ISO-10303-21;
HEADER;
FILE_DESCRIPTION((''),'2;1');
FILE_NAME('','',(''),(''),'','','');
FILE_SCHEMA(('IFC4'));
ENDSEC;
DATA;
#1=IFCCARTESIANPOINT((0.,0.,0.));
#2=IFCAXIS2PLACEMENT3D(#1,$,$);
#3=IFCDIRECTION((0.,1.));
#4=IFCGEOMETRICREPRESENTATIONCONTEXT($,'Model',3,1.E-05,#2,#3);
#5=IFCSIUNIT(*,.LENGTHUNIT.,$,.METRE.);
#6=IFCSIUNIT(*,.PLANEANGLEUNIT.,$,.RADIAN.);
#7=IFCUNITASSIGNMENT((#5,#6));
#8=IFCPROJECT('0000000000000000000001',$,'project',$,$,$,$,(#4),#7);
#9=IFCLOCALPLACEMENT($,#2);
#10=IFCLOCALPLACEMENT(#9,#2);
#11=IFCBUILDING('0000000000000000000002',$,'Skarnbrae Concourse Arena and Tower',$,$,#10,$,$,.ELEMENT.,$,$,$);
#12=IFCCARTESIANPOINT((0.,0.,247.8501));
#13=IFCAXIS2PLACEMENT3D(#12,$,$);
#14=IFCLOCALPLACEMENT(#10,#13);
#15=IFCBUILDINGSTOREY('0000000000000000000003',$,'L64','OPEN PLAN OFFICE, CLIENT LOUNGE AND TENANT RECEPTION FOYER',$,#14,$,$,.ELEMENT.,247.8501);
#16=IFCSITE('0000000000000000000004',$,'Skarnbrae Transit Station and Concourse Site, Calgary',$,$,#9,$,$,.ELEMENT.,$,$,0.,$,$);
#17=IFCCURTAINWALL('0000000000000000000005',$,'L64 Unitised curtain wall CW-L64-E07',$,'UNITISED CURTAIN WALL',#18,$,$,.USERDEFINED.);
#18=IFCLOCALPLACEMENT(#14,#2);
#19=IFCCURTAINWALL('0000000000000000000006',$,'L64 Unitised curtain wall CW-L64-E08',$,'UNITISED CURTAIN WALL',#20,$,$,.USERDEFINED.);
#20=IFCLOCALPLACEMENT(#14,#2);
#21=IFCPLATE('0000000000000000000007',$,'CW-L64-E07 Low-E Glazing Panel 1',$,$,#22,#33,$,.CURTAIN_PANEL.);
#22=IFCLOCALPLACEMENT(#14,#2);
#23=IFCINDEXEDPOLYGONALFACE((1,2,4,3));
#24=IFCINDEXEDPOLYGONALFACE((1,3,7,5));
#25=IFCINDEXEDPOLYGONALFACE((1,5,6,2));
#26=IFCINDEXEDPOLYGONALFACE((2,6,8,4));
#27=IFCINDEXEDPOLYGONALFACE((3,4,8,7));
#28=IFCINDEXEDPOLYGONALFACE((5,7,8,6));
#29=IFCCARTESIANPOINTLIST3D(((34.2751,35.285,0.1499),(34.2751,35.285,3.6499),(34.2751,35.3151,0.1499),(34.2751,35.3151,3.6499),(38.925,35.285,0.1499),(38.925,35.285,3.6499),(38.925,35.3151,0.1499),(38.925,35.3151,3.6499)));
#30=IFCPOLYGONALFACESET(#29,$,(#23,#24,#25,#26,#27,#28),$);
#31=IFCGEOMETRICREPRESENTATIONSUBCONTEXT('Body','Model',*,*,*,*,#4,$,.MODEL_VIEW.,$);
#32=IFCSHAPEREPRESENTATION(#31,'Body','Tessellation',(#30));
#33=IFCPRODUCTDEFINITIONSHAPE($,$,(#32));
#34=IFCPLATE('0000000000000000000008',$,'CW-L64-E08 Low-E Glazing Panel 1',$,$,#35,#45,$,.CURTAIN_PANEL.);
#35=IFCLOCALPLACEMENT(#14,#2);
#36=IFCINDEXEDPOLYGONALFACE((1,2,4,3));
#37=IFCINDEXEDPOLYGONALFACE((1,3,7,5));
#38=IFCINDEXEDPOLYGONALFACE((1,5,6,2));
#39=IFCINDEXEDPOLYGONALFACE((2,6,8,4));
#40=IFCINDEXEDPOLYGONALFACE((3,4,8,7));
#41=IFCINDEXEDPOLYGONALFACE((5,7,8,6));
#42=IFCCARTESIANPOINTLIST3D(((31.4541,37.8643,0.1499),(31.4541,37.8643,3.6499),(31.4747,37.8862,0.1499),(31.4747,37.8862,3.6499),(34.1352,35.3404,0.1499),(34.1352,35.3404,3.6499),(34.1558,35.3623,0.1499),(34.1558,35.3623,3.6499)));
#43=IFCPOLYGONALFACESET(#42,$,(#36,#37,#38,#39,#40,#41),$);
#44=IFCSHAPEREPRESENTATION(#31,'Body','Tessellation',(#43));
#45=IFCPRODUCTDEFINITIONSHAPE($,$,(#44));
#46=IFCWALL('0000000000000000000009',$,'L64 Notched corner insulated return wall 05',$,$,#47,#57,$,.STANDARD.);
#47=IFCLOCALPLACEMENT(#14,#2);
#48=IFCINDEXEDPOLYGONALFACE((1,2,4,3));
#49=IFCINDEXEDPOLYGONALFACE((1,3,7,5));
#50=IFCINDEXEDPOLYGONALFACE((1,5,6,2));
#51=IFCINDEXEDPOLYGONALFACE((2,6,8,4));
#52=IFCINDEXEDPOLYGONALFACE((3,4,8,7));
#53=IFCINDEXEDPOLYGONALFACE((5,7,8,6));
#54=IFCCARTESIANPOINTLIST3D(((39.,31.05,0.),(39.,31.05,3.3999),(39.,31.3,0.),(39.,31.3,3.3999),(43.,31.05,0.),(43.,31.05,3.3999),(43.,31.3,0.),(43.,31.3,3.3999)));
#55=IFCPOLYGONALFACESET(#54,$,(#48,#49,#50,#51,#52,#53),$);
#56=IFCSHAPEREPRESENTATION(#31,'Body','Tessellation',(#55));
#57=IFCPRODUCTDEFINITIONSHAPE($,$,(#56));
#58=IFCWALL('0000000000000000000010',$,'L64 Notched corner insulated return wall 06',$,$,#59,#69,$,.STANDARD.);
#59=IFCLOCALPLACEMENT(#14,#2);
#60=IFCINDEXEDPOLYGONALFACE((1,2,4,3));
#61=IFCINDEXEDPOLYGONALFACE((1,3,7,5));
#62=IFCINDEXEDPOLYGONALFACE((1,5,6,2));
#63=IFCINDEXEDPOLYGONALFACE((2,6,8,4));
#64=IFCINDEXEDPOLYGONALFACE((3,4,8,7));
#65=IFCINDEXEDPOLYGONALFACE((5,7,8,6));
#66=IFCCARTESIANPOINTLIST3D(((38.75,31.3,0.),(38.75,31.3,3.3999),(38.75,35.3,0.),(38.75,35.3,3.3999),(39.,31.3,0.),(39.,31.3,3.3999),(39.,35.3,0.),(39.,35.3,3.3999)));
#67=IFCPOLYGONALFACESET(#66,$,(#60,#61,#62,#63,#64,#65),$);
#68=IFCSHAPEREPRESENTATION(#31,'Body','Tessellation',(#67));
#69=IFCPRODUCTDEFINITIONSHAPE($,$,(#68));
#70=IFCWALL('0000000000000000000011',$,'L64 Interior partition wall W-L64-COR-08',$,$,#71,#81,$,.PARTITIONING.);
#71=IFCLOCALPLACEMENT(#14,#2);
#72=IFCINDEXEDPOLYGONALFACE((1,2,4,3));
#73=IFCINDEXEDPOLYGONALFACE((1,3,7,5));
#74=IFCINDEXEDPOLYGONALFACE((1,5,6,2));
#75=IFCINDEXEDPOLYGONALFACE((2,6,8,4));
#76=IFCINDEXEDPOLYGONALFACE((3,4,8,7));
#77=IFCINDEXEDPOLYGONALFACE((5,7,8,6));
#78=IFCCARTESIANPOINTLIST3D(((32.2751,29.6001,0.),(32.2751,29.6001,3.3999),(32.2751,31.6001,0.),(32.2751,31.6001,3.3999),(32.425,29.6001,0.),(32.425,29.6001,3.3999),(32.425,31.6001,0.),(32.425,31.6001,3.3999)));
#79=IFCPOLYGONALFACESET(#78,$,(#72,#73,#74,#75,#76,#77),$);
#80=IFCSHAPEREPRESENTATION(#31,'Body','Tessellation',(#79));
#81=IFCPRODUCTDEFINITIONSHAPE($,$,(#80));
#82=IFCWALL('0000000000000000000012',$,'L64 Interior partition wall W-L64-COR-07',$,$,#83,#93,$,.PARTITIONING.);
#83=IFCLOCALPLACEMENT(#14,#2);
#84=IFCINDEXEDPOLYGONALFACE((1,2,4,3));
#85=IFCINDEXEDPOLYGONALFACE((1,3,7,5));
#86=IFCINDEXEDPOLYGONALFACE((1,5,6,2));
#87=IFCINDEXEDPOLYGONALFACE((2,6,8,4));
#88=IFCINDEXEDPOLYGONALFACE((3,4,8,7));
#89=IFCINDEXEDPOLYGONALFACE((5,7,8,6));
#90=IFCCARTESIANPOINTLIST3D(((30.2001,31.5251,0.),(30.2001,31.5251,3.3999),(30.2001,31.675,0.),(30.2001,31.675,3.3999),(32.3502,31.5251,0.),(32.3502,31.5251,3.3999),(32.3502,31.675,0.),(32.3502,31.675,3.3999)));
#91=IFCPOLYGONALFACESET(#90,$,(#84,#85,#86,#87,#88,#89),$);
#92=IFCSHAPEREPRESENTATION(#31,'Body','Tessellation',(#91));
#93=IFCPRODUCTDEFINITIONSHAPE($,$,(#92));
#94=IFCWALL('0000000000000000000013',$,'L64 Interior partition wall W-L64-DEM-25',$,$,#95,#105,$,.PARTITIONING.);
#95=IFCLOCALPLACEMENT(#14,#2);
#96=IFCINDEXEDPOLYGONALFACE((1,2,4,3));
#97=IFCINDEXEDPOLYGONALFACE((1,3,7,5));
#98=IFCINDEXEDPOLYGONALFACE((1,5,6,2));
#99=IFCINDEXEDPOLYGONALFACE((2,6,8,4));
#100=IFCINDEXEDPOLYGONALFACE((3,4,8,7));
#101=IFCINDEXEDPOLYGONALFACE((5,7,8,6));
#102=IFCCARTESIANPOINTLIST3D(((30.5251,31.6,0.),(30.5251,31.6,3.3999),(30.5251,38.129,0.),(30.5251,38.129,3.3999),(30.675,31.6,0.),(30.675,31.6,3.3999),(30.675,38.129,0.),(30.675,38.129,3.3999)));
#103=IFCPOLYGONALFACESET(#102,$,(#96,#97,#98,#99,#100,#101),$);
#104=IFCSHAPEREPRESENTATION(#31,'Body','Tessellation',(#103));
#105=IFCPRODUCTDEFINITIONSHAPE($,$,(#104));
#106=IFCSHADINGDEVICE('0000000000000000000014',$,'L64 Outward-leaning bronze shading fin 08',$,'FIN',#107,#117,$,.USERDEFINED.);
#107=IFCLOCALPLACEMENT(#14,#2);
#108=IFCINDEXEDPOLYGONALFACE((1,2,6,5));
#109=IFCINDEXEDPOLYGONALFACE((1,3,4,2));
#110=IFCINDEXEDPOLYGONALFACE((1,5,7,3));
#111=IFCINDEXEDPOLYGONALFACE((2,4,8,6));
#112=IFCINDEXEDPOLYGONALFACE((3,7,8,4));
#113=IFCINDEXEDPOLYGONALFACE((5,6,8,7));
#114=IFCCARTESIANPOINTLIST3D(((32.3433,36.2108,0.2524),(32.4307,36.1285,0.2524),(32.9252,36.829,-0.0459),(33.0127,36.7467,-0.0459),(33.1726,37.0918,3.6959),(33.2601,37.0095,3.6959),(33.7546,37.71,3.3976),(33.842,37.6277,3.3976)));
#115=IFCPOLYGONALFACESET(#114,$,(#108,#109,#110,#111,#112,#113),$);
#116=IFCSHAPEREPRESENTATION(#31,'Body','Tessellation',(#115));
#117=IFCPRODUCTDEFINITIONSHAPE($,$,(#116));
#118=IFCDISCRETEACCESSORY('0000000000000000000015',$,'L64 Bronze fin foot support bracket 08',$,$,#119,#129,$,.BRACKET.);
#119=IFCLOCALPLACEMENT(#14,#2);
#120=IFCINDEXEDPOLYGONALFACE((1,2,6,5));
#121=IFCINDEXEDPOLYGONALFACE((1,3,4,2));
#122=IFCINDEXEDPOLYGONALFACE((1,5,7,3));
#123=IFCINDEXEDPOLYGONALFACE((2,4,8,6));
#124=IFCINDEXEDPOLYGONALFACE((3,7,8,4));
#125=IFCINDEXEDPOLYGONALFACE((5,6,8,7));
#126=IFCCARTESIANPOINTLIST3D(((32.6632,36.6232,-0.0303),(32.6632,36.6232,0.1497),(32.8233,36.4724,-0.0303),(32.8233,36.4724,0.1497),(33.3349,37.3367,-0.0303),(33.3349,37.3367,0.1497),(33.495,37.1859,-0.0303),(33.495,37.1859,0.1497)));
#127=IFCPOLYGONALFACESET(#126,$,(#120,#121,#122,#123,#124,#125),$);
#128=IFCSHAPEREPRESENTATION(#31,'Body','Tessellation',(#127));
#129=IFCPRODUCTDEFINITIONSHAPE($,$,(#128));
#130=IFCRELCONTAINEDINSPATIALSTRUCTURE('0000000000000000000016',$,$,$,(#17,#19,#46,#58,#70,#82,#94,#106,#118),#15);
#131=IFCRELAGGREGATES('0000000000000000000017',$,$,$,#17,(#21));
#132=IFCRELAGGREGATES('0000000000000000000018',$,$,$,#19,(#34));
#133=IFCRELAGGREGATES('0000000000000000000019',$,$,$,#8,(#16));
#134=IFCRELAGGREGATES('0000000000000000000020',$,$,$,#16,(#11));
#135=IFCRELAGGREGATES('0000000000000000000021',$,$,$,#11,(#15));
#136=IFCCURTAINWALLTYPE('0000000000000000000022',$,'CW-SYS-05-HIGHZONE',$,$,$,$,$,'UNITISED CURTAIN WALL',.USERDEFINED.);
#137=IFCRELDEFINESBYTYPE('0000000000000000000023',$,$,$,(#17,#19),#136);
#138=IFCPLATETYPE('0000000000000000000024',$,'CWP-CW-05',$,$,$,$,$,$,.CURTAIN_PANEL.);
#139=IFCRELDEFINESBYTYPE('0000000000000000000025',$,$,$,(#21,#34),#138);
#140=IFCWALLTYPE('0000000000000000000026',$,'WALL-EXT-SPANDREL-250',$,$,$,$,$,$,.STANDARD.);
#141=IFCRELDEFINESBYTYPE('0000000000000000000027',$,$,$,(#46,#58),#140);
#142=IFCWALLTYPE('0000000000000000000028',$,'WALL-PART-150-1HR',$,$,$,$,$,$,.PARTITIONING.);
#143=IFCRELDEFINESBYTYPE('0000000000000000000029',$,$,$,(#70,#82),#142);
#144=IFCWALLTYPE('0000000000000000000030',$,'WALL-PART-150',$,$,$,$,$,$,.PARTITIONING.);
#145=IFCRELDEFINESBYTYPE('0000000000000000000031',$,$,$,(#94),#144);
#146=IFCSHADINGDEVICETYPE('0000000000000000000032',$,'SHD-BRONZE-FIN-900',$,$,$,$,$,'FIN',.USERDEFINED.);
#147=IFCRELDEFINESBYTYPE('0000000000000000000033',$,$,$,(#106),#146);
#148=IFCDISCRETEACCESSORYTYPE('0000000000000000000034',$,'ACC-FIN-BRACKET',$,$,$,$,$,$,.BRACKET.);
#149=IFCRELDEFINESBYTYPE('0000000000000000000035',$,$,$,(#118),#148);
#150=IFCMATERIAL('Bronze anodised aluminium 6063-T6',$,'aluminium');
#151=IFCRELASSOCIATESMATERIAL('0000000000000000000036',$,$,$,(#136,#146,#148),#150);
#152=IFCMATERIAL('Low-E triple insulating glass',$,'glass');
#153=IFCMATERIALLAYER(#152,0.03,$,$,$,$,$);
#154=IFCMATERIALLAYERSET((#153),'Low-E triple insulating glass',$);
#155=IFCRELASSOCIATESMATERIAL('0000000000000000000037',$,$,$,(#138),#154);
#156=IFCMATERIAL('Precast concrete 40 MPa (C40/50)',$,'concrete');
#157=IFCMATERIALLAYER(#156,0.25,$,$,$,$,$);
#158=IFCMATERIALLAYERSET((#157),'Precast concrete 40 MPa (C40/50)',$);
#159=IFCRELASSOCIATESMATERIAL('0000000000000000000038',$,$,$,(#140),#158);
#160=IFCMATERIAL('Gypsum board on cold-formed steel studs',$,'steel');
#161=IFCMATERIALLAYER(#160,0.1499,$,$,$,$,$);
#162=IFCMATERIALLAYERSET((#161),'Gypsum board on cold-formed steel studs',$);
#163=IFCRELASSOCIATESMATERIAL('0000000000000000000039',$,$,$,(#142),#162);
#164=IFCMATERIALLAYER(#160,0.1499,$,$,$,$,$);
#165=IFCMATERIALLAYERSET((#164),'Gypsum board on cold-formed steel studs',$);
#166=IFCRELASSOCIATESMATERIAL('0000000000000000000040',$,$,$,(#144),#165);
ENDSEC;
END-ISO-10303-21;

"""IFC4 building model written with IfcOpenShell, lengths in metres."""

from ifc_helpers import new_model, si_unit, direction, frame, frame_2d, origin, origin_2d, place, context, subcontext, project, spatial, rectangle, extrude, source, transform, mapped, material, layer, layer_set, type_object, element, aggregate, save


model = new_model("IFC4")

# Units and contexts
model_context = context("Model", 3, precision=1e-05, world=origin(), true_north=direction((0.0, 1.0)))
body_context = subcontext(model_context, "Body", "Model", "MODEL_VIEW")
ifc_project = project(units=[si_unit("LENGTHUNIT", "METRE"), si_unit("PLANEANGLEUNIT", "RADIAN")], contexts=[model_context])

# Site, building, storey
site_placement = place(None, origin())
site = spatial("IfcSite", under=ifc_project, at=site_placement, Name="Skarnbrae Transit Station and Concourse Site, Calgary", CompositionType="ELEMENT", RefElevation=0.0)
building_placement = place(site_placement, origin())
building = spatial("IfcBuilding", under=site, at=building_placement, Name="Skarnbrae Concourse Arena and Tower", CompositionType="ELEMENT")
storey_placement = place(building_placement, frame((0.0, 0.0, 247.8501)))
storey = spatial("IfcBuildingStorey", under=building, at=storey_placement, Name="L64", Description="OPEN PLAN OFFICE, CLIENT LOUNGE AND TENANT RECEPTION FOYER", CompositionType="ELEMENT", Elevation=247.8501)

# Shared definitions
ifc_material_1 = material(Name="Bronze anodised aluminium 6063-T6", Category="aluminium")
curtain_wall_type = type_object("IfcCurtainWallType", Name="CW-SYS-05-HIGHZONE", ElementType="UNITISED CURTAIN WALL", PredefinedType="USERDEFINED", material=ifc_material_1)

# Curtain walls
curtain_wall_1_placement = place(storey_placement, origin())
curtain_wall_1 = element("IfcCurtainWall", 1, at=curtain_wall_1_placement, inside=storey, type_object=curtain_wall_type, Name="L64 Unitised curtain wall CW-L64-E07", ObjectType="UNITISED CURTAIN WALL", PredefinedType="USERDEFINED")
curtain_wall_2_placement = place(storey_placement, origin())
curtain_wall_2 = element("IfcCurtainWall", 2, at=curtain_wall_2_placement, inside=storey, type_object=curtain_wall_type, Name="L64 Unitised curtain wall CW-L64-E08", ObjectType="UNITISED CURTAIN WALL", PredefinedType="USERDEFINED")

# Plates
ifc_material_2 = material(Name="Low-E triple insulating glass", Category="glass")
ifc_layer_1 = layer(ifc_material_2, 0.03)
ifc_layer_set_1 = layer_set([ifc_layer_1], Name="Low-E triple insulating glass")
plate_type = type_object("IfcPlateType", Name="CWP-CW-05", PredefinedType="CURTAIN_PANEL", material=ifc_layer_set_1)
shared_shape_1 = source(origin(), body_context, "Body", "SweptSolid", [
    extrude(rectangle(XDim=4.6499, YDim=0.03, at=origin_2d()), origin(), (0.0, 0.0, 1.0), 3.5),
])
plate_1_placement = place(storey_placement, frame((36.6001, 35.3, 0.1499), z_axis=(0.0, 0.0, 1.0), x_axis=(-1.0, 0.0, 0.0)))
plate_1 = element("IfcPlate", 3, at=plate_1_placement, type_object=plate_type, Name="CW-L64-E07 Low-E Glazing Panel 1", PredefinedType="CURTAIN_PANEL", context=body_context, shape_type="MappedRepresentation", body=[
    mapped(shared_shape_1, transform((0.0, 0.0, 0.0))),
])
aggregate(curtain_wall_1, [plate_1])
shared_shape_2 = source(origin(), body_context, "Body", "SweptSolid", [
    extrude(rectangle(XDim=3.6821, YDim=0.03, at=origin_2d()), origin(), (0.0, 0.0, 1.0), 3.5),
])
plate_2_placement = place(storey_placement, frame((32.8049, 36.6133, 0.1499), z_axis=(0.0, 0.0, 1.0), x_axis=(-0.728131, 0.685438, 0.0)))
plate_2 = element("IfcPlate", 4, at=plate_2_placement, type_object=plate_type, Name="CW-L64-E08 Low-E Glazing Panel 1", PredefinedType="CURTAIN_PANEL", context=body_context, shape_type="MappedRepresentation", body=[
    mapped(shared_shape_2, transform((0.0, 0.0, 0.0))),
])
aggregate(curtain_wall_2, [plate_2])

# Walls
ifc_material_3 = material(Name="Precast concrete 40 MPa (C40/50)", Category="concrete")
ifc_layer_2 = layer(ifc_material_3, 0.25)
ifc_layer_set_2 = layer_set([ifc_layer_2], Name="Precast concrete 40 MPa (C40/50)")
wall_type_1 = type_object("IfcWallType", Name="WALL-EXT-SPANDREL-250", PredefinedType="STANDARD", material=ifc_layer_set_2)
shared_shape_3 = source(origin(), body_context, "Body", "SweptSolid", [
    extrude(rectangle(XDim=4.0, YDim=0.25, at=frame_2d((2.0, 0.0))), origin(), (0.0, 0.0, 1.0), 3.3999),
])
for number, where, z_axis, x_axis, name in (
    (5, (43.0, 31.175, 0.0), (0.0, 0.0, 1.0), (-1.0, 0.0, 0.0), "L64 Notched corner insulated return wall 05"),
    (6, (38.875, 31.3, 0.0), (0.0, 0.0, 1.0), (0.0, 1.0, 0.0), "L64 Notched corner insulated return wall 06"),
):
    element("IfcWall", number, at=place(storey_placement, frame(where, z_axis=z_axis, x_axis=x_axis)), inside=storey, type_object=wall_type_1, Name=name, PredefinedType="STANDARD", context=body_context, shape_type="MappedRepresentation", body=[
        mapped(shared_shape_3, transform((0.0, 0.0, 0.0))),
    ])
ifc_material_4 = material(Name="Gypsum board on cold-formed steel studs", Category="steel")
ifc_layer_3 = layer(ifc_material_4, 0.1499)
ifc_layer_set_3 = layer_set([ifc_layer_3], Name="Gypsum board on cold-formed steel studs")
wall_type_2 = type_object("IfcWallType", Name="WALL-PART-150-1HR", PredefinedType="PARTITIONING", material=ifc_layer_set_3)
shared_shape_4 = source(origin(), body_context, "Body", "SweptSolid", [
    extrude(rectangle(XDim=2.0, YDim=0.1499, at=frame_2d((1.0, 0.0))), origin(), (0.0, 0.0, 1.0), 3.3999),
])
wall_1_placement = place(storey_placement, frame((32.3501, 31.6001, 0.0), z_axis=(0.0, 0.0, 1.0), x_axis=(0.0, -1.0, 0.0)))
element("IfcWall", 7, at=wall_1_placement, inside=storey, type_object=wall_type_2, Name="L64 Interior partition wall W-L64-COR-08", PredefinedType="PARTITIONING", context=body_context, shape_type="MappedRepresentation", body=[
    mapped(shared_shape_4, transform((0.0, 0.0, 0.0))),
])
shared_shape_5 = source(origin(), body_context, "Body", "SweptSolid", [
    extrude(rectangle(XDim=2.1501, YDim=0.1499, at=frame_2d((1.0752, 0.0))), origin(), (0.0, 0.0, 1.0), 3.3999),
])
wall_2_placement = place(storey_placement, frame((30.2, 31.6001, 0.0), z_axis=(0.0, 0.0, 1.0), x_axis=(1.0, 0.0, 0.0)))
element("IfcWall", 8, at=wall_2_placement, inside=storey, type_object=wall_type_2, Name="L64 Interior partition wall W-L64-COR-07", PredefinedType="PARTITIONING", context=body_context, shape_type="MappedRepresentation", body=[
    mapped(shared_shape_5, transform((0.0, 0.0, 0.0))),
])
ifc_layer_4 = layer(ifc_material_4, 0.1499)
ifc_layer_set_4 = layer_set([ifc_layer_4], Name="Gypsum board on cold-formed steel studs")
wall_type_3 = type_object("IfcWallType", Name="WALL-PART-150", PredefinedType="PARTITIONING", material=ifc_layer_set_4)
shared_shape_6 = source(origin(), body_context, "Body", "SweptSolid", [
    extrude(rectangle(XDim=6.5291, YDim=0.1499, at=frame_2d((3.2646, 0.0))), origin(), (0.0, 0.0, 1.0), 3.3999),
])
wall_3_placement = place(storey_placement, frame((30.6001, 38.1292, 0.0), z_axis=(0.0, 0.0, 1.0), x_axis=(0.0, -1.0, 0.0)))
element("IfcWall", 9, at=wall_3_placement, inside=storey, type_object=wall_type_3, Name="L64 Interior partition wall W-L64-DEM-25", PredefinedType="PARTITIONING", context=body_context, shape_type="MappedRepresentation", body=[
    mapped(shared_shape_6, transform((0.0, 0.0, 0.0))),
])

# Shading device
shading_device_type = type_object("IfcShadingDeviceType", Name="SHD-BRONZE-FIN-900", ElementType="FIN", PredefinedType="USERDEFINED", material=ifc_material_1)
shared_shape_7 = source(origin(), body_context, "Body", "SweptSolid", [
    extrude(rectangle(XDim=0.1201, YDim=0.8999, at=origin_2d()), origin(), (0.0, 0.0, 1.0), 3.6499),
])
shading_device_placement = place(storey_placement, frame((32.678, 36.4788, 0.1033), z_axis=(0.227224, 0.241378, 0.943454), x_axis=(0.728132, -0.685437, 0.0)))
element("IfcShadingDevice", 10, at=shading_device_placement, inside=storey, type_object=shading_device_type, Name="L64 Outward-leaning bronze shading fin 08", ObjectType="FIN", PredefinedType="USERDEFINED", context=body_context, shape_type="MappedRepresentation", body=[
    mapped(shared_shape_7, transform((0.0, 0.0, 0.0))),
])

# Discrete accessory
discrete_accessory_type = type_object("IfcDiscreteAccessoryType", Name="ACC-FIN-BRACKET", PredefinedType="BRACKET", material=ifc_material_1)
shared_shape_8 = source(origin(), body_context, "Body", "SweptSolid", [
    extrude(rectangle(XDim=0.22, YDim=0.98, at=origin_2d()), origin(), (0.0, 0.0, 1.0), 0.1799),
])
discrete_accessory_placement = place(storey_placement, frame((33.0791, 36.9045, -0.0303), z_axis=(0.0, 0.0, 1.0), x_axis=(0.728132, -0.685437, 0.0)))
element("IfcDiscreteAccessory", 11, at=discrete_accessory_placement, inside=storey, type_object=discrete_accessory_type, Name="L64 Bronze fin foot support bracket 08", PredefinedType="BRACKET", context=body_context, shape_type="MappedRepresentation", body=[
    mapped(shared_shape_8, transform((0.0, 0.0, 0.0))),
])

save(model, "model.ifc")
